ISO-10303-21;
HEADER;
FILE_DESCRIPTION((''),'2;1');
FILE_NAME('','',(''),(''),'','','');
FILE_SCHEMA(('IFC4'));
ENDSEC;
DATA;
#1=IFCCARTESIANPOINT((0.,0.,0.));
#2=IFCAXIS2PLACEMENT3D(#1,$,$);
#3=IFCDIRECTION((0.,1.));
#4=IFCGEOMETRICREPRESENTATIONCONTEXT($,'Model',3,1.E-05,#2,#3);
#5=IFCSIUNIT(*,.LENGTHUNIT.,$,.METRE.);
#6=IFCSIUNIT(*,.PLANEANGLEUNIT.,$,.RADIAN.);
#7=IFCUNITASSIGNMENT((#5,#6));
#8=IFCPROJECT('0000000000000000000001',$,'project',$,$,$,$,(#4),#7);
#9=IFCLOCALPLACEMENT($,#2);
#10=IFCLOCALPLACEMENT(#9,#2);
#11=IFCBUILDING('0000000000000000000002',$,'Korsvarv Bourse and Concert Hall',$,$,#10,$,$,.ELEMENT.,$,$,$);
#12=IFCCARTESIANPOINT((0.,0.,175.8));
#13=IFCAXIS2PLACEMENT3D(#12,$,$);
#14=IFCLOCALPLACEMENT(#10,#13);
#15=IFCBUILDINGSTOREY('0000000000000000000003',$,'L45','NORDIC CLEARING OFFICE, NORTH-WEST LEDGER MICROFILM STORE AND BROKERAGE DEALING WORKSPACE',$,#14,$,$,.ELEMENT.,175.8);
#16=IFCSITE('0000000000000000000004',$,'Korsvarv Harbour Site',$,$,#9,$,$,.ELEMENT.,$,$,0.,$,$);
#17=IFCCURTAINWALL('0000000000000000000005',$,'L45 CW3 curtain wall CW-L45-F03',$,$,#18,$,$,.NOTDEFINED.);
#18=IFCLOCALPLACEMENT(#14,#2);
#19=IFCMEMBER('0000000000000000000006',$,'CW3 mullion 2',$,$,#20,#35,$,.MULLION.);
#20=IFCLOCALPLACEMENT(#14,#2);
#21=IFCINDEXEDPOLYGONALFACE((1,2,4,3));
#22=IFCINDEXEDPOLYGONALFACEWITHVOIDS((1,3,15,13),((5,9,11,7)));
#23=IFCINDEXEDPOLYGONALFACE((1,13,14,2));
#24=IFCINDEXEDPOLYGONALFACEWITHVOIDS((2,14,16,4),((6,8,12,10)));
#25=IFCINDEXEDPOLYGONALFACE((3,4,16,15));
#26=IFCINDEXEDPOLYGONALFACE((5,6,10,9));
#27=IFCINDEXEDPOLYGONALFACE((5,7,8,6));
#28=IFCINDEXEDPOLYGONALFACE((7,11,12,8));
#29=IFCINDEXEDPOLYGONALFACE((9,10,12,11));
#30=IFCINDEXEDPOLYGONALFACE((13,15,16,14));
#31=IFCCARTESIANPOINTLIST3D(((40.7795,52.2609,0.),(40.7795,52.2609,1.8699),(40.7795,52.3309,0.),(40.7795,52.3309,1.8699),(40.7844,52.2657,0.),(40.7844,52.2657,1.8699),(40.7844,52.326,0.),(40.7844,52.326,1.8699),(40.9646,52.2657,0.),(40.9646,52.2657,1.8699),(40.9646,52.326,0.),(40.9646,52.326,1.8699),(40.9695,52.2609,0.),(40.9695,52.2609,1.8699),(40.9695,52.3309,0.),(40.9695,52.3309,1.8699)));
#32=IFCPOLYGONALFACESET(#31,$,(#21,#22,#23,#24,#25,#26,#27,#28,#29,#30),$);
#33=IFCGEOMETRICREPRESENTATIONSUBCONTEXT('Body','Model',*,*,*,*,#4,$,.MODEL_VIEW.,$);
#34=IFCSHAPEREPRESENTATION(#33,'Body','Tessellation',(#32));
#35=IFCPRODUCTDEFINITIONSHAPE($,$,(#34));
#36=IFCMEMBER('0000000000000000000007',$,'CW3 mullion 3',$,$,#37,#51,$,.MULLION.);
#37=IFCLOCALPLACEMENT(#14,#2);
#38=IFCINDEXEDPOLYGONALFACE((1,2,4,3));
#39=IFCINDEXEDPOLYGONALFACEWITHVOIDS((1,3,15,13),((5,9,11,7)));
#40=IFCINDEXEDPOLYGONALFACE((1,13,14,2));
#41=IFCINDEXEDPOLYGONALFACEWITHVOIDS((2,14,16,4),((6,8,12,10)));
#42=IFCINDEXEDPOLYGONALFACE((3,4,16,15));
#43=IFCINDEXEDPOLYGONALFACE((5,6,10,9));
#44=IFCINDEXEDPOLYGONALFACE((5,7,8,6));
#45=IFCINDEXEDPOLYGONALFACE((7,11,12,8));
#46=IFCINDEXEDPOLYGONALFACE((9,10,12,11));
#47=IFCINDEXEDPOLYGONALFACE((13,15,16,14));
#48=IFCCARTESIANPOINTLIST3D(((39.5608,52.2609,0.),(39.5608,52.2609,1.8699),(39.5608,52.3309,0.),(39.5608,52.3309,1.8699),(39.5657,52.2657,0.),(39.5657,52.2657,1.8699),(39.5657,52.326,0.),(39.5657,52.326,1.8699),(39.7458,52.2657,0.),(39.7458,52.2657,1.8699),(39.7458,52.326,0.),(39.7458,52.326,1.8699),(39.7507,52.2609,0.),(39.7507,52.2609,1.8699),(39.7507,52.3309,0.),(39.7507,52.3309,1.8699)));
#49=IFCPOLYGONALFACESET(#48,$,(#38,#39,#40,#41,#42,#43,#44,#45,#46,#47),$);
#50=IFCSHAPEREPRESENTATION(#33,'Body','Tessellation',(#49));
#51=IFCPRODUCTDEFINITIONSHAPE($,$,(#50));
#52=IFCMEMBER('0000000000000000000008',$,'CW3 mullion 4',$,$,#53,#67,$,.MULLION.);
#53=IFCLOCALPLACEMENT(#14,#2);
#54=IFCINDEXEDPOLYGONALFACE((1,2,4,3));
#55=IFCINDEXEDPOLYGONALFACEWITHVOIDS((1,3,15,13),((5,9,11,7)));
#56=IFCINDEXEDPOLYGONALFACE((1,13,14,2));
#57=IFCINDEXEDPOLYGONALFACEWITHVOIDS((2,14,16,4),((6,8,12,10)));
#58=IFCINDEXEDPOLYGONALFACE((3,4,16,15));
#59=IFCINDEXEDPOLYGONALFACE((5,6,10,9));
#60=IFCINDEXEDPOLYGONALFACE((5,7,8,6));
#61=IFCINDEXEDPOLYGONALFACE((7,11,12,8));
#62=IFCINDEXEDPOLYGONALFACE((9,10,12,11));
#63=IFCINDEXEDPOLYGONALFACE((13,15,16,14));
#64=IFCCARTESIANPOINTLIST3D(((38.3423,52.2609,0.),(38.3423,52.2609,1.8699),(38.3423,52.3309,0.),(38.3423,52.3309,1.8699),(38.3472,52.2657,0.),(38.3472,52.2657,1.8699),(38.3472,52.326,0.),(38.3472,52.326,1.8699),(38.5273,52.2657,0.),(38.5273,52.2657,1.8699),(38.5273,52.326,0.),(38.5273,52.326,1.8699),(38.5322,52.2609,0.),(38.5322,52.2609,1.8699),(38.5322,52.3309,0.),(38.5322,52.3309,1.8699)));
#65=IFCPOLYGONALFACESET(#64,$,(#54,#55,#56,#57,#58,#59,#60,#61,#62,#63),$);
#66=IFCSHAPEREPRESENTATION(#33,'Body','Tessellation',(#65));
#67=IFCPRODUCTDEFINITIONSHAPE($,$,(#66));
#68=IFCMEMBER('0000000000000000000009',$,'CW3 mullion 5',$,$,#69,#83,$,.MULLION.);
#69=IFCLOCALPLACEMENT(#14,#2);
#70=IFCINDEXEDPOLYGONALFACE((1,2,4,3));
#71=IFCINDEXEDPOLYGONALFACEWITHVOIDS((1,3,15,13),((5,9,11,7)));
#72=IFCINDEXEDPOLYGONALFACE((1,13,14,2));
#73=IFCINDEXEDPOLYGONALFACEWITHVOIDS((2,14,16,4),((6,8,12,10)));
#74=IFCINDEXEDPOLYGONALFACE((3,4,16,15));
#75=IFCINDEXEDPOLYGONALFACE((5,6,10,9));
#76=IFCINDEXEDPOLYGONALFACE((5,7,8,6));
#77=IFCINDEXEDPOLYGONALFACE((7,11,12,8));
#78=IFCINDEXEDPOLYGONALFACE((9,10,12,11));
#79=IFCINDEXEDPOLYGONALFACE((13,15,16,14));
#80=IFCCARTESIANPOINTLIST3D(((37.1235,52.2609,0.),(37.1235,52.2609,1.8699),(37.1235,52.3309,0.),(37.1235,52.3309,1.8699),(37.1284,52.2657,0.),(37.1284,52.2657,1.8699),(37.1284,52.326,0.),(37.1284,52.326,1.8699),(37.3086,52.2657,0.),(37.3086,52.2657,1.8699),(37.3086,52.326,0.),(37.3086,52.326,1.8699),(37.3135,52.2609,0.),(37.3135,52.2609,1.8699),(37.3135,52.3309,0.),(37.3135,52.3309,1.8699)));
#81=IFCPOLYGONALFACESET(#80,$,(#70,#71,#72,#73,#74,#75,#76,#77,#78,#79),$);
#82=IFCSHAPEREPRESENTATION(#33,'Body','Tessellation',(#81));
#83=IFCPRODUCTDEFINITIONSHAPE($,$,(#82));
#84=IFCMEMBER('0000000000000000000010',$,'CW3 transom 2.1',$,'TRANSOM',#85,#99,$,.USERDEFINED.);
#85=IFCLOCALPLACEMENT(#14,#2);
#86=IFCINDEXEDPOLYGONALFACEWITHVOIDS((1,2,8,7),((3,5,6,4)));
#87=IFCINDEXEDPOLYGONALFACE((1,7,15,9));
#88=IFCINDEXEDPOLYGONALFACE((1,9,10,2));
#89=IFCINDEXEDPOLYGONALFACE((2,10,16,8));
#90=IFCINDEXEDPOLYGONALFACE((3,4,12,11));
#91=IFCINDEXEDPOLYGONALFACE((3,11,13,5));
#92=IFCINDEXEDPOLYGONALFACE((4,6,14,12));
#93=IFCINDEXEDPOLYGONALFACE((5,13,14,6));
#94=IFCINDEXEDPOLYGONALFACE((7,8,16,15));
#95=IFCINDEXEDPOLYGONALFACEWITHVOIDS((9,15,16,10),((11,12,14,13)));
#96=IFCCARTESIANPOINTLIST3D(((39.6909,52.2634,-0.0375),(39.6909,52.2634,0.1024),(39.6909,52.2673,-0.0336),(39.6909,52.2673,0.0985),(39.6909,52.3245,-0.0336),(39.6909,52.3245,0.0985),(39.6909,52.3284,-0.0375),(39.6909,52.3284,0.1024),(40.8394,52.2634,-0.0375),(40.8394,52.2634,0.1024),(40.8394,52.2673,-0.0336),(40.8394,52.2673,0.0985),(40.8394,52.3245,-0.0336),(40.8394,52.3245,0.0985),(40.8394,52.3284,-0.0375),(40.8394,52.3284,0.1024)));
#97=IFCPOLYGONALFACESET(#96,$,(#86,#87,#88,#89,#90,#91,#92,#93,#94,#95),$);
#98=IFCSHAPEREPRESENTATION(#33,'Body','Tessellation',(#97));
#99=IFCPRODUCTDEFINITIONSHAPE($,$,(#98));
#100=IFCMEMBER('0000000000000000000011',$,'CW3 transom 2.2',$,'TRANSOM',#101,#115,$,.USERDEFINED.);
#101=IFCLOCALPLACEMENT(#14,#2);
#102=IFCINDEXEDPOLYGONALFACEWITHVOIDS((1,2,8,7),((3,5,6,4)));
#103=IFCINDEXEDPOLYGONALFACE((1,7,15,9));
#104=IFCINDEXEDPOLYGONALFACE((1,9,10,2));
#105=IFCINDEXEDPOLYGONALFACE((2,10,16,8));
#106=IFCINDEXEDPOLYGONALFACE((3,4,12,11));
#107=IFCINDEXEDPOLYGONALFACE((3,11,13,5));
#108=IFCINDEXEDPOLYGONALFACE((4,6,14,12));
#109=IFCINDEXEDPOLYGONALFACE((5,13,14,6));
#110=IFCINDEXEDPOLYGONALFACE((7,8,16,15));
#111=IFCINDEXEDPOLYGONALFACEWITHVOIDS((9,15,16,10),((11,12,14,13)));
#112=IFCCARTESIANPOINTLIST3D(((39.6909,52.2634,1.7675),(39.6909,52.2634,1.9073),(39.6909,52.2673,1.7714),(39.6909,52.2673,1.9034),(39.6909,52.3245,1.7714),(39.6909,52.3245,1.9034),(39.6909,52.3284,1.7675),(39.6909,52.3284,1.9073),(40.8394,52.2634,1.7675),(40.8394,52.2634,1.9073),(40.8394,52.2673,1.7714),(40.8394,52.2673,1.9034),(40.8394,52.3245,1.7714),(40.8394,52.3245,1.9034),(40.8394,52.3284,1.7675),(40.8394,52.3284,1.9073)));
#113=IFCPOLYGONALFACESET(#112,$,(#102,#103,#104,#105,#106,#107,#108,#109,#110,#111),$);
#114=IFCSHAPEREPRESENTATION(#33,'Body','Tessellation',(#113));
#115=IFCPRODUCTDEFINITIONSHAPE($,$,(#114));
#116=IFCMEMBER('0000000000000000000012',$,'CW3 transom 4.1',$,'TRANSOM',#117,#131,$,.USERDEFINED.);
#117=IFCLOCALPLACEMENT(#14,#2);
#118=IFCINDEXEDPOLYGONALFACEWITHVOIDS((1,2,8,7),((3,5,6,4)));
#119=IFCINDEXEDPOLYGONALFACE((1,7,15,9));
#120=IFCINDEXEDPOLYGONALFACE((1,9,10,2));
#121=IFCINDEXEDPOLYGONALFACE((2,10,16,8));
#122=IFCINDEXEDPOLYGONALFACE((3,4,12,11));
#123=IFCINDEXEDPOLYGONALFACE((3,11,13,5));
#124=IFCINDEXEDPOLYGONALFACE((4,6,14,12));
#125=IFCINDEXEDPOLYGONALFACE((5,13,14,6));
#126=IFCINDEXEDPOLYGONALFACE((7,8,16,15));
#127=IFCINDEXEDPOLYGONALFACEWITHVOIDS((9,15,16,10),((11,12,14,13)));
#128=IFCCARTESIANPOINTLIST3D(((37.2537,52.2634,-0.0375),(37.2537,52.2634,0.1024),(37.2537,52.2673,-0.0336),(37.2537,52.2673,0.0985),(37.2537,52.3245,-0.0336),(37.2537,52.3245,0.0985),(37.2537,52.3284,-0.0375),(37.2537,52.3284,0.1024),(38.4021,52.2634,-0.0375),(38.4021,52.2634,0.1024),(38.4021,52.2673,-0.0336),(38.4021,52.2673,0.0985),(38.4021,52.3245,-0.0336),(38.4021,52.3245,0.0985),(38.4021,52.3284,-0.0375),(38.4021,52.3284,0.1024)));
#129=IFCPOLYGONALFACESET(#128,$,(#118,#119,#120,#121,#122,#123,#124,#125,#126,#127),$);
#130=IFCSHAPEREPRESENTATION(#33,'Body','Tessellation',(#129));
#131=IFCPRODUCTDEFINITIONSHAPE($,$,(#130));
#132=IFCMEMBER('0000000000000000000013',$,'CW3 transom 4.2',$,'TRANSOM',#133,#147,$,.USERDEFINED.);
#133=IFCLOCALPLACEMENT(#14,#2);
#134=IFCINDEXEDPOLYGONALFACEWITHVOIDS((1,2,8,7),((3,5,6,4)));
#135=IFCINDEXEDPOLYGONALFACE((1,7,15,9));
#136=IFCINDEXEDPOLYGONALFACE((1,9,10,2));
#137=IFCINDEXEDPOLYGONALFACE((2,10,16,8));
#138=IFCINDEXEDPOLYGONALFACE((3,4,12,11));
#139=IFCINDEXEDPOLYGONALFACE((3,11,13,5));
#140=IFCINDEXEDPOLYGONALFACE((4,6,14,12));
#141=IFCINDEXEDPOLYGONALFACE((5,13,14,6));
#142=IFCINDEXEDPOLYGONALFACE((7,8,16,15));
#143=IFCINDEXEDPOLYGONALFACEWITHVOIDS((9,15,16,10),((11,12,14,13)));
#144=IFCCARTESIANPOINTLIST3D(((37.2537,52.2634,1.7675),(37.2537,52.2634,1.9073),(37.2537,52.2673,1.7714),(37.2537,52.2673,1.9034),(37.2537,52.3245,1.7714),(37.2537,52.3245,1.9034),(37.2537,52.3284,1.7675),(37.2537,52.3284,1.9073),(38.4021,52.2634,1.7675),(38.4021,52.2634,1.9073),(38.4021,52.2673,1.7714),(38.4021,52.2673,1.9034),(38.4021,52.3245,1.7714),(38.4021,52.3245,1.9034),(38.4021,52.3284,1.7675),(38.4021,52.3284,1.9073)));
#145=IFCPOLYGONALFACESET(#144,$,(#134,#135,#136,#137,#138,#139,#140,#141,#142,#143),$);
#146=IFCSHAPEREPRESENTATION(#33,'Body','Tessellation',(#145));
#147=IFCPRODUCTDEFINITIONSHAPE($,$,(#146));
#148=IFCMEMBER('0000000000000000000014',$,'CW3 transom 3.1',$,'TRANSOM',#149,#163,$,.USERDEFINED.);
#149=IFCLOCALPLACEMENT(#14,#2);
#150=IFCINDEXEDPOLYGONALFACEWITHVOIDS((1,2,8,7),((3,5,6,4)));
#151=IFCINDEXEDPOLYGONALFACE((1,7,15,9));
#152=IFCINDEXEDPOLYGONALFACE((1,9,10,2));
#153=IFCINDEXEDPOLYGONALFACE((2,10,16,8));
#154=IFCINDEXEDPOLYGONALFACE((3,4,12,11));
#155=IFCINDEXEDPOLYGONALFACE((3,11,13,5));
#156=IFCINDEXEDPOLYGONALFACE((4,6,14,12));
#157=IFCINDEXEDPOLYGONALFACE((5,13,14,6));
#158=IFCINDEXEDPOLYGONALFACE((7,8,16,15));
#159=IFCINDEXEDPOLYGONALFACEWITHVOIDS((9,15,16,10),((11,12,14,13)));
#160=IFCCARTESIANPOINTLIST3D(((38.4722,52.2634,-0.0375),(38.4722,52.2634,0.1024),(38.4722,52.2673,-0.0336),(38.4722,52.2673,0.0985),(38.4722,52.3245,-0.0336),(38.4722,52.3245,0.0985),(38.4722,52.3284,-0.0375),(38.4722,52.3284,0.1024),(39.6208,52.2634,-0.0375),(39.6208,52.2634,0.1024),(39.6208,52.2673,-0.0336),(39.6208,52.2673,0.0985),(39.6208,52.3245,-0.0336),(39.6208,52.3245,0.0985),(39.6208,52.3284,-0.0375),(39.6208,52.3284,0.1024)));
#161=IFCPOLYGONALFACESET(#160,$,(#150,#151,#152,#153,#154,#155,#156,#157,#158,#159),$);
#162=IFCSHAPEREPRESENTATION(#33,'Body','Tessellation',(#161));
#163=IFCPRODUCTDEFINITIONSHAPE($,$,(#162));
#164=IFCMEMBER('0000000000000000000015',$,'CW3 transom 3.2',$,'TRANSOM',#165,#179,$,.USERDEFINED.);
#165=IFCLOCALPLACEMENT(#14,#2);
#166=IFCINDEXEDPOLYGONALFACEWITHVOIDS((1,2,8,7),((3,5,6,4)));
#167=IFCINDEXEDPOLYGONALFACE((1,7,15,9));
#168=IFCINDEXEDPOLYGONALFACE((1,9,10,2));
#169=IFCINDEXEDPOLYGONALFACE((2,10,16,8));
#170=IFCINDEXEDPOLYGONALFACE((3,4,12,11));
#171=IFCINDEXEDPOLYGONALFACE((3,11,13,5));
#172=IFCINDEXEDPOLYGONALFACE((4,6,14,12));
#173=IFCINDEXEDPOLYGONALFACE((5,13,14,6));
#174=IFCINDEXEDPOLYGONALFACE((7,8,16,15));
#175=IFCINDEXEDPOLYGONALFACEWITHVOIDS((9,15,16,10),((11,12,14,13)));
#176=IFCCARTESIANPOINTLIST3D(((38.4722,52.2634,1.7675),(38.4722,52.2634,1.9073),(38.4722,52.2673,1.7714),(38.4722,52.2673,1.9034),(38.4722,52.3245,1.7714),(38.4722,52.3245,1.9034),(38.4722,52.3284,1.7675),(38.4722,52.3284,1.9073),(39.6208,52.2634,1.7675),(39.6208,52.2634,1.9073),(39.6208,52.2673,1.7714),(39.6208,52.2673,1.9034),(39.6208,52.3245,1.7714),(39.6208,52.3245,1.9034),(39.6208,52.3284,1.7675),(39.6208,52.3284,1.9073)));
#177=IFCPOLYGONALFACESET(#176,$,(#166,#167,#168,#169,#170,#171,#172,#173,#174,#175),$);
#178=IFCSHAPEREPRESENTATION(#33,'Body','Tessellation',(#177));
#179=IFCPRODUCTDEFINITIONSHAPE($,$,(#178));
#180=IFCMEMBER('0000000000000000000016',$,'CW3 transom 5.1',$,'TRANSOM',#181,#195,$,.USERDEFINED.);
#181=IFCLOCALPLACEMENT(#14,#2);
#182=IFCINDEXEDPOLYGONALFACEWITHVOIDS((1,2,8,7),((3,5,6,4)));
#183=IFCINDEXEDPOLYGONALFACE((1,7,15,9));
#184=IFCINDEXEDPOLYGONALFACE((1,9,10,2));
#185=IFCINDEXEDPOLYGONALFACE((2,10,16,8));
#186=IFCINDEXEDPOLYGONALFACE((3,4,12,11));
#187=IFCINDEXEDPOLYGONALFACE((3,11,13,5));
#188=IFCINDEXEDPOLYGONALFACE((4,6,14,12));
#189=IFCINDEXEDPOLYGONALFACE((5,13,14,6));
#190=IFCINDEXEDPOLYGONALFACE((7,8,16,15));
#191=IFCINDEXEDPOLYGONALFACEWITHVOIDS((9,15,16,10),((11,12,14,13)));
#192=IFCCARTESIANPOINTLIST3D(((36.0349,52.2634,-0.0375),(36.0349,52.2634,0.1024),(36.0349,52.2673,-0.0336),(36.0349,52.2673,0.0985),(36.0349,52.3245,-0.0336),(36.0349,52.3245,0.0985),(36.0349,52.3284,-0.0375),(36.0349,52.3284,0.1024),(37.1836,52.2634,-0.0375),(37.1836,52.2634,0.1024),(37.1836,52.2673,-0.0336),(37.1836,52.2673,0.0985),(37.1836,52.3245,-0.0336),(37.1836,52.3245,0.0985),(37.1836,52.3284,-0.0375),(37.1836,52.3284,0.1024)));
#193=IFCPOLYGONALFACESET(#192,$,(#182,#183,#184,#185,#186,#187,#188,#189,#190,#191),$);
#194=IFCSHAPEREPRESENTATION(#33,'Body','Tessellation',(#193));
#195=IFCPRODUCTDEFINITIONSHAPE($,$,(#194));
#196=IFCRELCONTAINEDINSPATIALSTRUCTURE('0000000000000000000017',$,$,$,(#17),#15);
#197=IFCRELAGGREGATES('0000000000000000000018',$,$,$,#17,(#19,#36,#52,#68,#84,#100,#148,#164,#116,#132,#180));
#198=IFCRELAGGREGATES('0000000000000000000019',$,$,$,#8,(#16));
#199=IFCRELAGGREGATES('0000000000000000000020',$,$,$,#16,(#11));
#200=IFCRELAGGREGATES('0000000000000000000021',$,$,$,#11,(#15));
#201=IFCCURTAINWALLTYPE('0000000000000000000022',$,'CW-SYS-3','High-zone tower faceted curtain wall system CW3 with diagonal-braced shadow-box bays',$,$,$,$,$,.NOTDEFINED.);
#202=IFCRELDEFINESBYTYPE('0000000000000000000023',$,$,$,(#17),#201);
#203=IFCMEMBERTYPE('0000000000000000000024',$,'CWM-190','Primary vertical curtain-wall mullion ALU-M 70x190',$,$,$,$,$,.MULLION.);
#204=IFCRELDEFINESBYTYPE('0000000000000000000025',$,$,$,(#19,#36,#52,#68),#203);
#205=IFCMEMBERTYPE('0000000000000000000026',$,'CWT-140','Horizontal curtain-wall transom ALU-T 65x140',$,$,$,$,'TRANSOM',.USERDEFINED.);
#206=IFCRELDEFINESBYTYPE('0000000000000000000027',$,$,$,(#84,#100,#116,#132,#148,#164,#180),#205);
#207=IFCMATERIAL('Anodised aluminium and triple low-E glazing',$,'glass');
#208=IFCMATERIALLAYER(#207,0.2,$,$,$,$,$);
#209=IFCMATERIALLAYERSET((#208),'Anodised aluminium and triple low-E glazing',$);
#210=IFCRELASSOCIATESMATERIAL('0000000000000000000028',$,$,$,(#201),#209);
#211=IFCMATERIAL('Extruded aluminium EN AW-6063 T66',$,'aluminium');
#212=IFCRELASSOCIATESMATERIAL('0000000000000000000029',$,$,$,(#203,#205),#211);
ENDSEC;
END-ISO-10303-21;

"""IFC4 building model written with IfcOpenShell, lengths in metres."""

from ifc_helpers import new_model, si_unit, direction, frame, origin, origin_2d, place, context, subcontext, project, spatial, hollow_rectangle, extrude, source, transform, mapped, material, layer, layer_set, material_profile, profile_set, type_object, element, aggregate, save


model = new_model("IFC4")

# Units and contexts
model_context = context("Model", 3, precision=1e-05, world=origin(), true_north=direction((0.0, 1.0)))
body_context = subcontext(model_context, "Body", "Model", "MODEL_VIEW")
ifc_project = project(units=[si_unit("LENGTHUNIT", "METRE"), si_unit("PLANEANGLEUNIT", "RADIAN")], contexts=[model_context])

# Site, building, storey
site_placement = place(None, origin())
site = spatial("IfcSite", under=ifc_project, at=site_placement, Name="Korsvarv Harbour Site", CompositionType="ELEMENT", RefElevation=0.0)
building_placement = place(site_placement, origin())
building = spatial("IfcBuilding", under=site, at=building_placement, Name="Korsvarv Bourse and Concert Hall", CompositionType="ELEMENT")
storey_placement = place(building_placement, frame((0.0, 0.0, 175.8)))
storey = spatial("IfcBuildingStorey", under=building, at=storey_placement, Name="L45", Description="NORDIC CLEARING OFFICE, NORTH-WEST LEDGER MICROFILM STORE AND BROKERAGE DEALING WORKSPACE", CompositionType="ELEMENT", Elevation=175.8)

# Curtain wall, members
ifc_material_1 = material(Name="Anodised aluminium and triple low-E glazing", Category="glass")
ifc_layer_1 = layer(ifc_material_1, 0.2)
ifc_layer_set_1 = layer_set([ifc_layer_1], Name="Anodised aluminium and triple low-E glazing")
curtain_wall_type = type_object("IfcCurtainWallType", Name="CW-SYS-3", Description="High-zone tower faceted curtain wall system CW3 with diagonal-braced shadow-box bays", PredefinedType="NOTDEFINED", material=ifc_layer_set_1)
curtain_wall_placement = place(storey_placement, origin())
curtain_wall = element("IfcCurtainWall", 1, at=curtain_wall_placement, inside=storey, type_object=curtain_wall_type, Name="L45 CW3 curtain wall CW-L45-F03", PredefinedType="NOTDEFINED")
ifc_material_2 = material(Name="Extruded aluminium EN AW-6063 T66", Category="aluminium")
ifc_material_profile_1 = material_profile(ifc_material_2, hollow_rectangle(XDim=0.0701, YDim=0.1899, WallThickness=0.0049, at=origin_2d()), Name="ALU-M 70x190")
ifc_profile_set_1 = profile_set([ifc_material_profile_1], Name="Extruded aluminium EN AW-6063 T66")
member_type_1 = type_object("IfcMemberType", Name="CWM-190", Description="Primary vertical curtain-wall mullion ALU-M 70x190", PredefinedType="MULLION", material=ifc_profile_set_1)
shared_shape_1 = source(origin(), body_context, "Body", "SweptSolid", [
    extrude(hollow_rectangle(XDim=0.0701, YDim=0.1899, WallThickness=0.0049, at=origin_2d()), origin(), (0.0, 0.0, 1.0), 1.8699),
])
member_1_placement = place(storey_placement, frame((40.8745, 52.2959, 0.0), z_axis=(0.0, 0.0, 1.0), x_axis=(0.0, -1.0, 0.0)))
member_1 = element("IfcMember", 2, at=member_1_placement, type_object=member_type_1, Name="CW3 mullion 2", PredefinedType="MULLION", context=body_context, shape_type="MappedRepresentation", body=[
    mapped(shared_shape_1, transform((0.0, 0.0, 0.0), scale=1.0)),
])
member_2_placement = place(storey_placement, frame((39.6558, 52.2959, 0.0), z_axis=(0.0, 0.0, 1.0), x_axis=(0.0, -1.0, 0.0)))
member_2 = element("IfcMember", 3, at=member_2_placement, type_object=member_type_1, Name="CW3 mullion 3", PredefinedType="MULLION", context=body_context, shape_type="MappedRepresentation", body=[
    mapped(shared_shape_1, transform((0.0, 0.0, 0.0), scale=1.0)),
])
member_3_placement = place(storey_placement, frame((38.4373, 52.2959, 0.0), z_axis=(0.0, 0.0, 1.0), x_axis=(0.0, -1.0, 0.0)))
member_3 = element("IfcMember", 4, at=member_3_placement, type_object=member_type_1, Name="CW3 mullion 4", PredefinedType="MULLION", context=body_context, shape_type="MappedRepresentation", body=[
    mapped(shared_shape_1, transform((0.0, 0.0, 0.0), scale=1.0)),
])
member_4_placement = place(storey_placement, frame((37.2185, 52.2959, 0.0), z_axis=(0.0, 0.0, 1.0), x_axis=(0.0, -1.0, 0.0)))
member_4 = element("IfcMember", 5, at=member_4_placement, type_object=member_type_1, Name="CW3 mullion 5", PredefinedType="MULLION", context=body_context, shape_type="MappedRepresentation", body=[
    mapped(shared_shape_1, transform((0.0, 0.0, 0.0), scale=1.0)),
])
ifc_material_profile_2 = material_profile(ifc_material_2, hollow_rectangle(XDim=0.0649, YDim=0.1399, WallThickness=0.0039, at=origin_2d()), Name="ALU-T 65x140")
ifc_profile_set_2 = profile_set([ifc_material_profile_2], Name="Extruded aluminium EN AW-6063 T66")
member_type_2 = type_object("IfcMemberType", Name="CWT-140", Description="Horizontal curtain-wall transom ALU-T 65x140", ElementType="TRANSOM", PredefinedType="USERDEFINED", material=ifc_profile_set_2)
shared_shape_2 = source(origin(), body_context, "Body", "SweptSolid", [
    extrude(hollow_rectangle(XDim=0.0649, YDim=0.1399, WallThickness=0.0039, at=origin_2d()), origin(), (0.0, 0.0, 1.0), 1.1484),
])
member_5_placement = place(storey_placement, frame((40.8394, 52.2959, 0.0325), z_axis=(-1.0, 0.0, 0.0), x_axis=(0.0, -1.0, 0.0)))
member_5 = element("IfcMember", 6, at=member_5_placement, type_object=member_type_2, Name="CW3 transom 2.1", ObjectType="TRANSOM", PredefinedType="USERDEFINED", context=body_context, shape_type="MappedRepresentation", body=[
    mapped(shared_shape_2, transform((0.0, 0.0, 0.0), scale=1.0)),
])
member_6_placement = place(storey_placement, frame((40.8394, 52.2959, 1.8374), z_axis=(-1.0, 0.0, 0.0), x_axis=(0.0, -1.0, 0.0)))
member_6 = element("IfcMember", 7, at=member_6_placement, type_object=member_type_2, Name="CW3 transom 2.2", ObjectType="TRANSOM", PredefinedType="USERDEFINED", context=body_context, shape_type="MappedRepresentation", body=[
    mapped(shared_shape_2, transform((0.0, 0.0, 0.0), scale=1.0)),
])
member_7_placement = place(storey_placement, frame((38.4021, 52.2959, 0.0325), z_axis=(-1.0, 0.0, 0.0), x_axis=(0.0, -1.0, 0.0)))
member_7 = element("IfcMember", 8, at=member_7_placement, type_object=member_type_2, Name="CW3 transom 4.1", ObjectType="TRANSOM", PredefinedType="USERDEFINED", context=body_context, shape_type="MappedRepresentation", body=[
    mapped(shared_shape_2, transform((0.0, 0.0, 0.0), scale=1.0)),
])
member_8_placement = place(storey_placement, frame((38.4021, 52.2959, 1.8374), z_axis=(-1.0, 0.0, 0.0), x_axis=(0.0, -1.0, 0.0)))
member_8 = element("IfcMember", 9, at=member_8_placement, type_object=member_type_2, Name="CW3 transom 4.2", ObjectType="TRANSOM", PredefinedType="USERDEFINED", context=body_context, shape_type="MappedRepresentation", body=[
    mapped(shared_shape_2, transform((0.0, 0.0, 0.0), scale=1.0)),
])
shared_shape_3 = source(origin(), body_context, "Body", "SweptSolid", [
    extrude(hollow_rectangle(XDim=0.0649, YDim=0.1399, WallThickness=0.0039, at=origin_2d()), origin(), (0.0, 0.0, 1.0), 1.1487),
])
member_9_placement = place(storey_placement, frame((39.6208, 52.2959, 0.0325), z_axis=(-1.0, 0.0, 0.0), x_axis=(0.0, -1.0, 0.0)))
member_9 = element("IfcMember", 10, at=member_9_placement, type_object=member_type_2, Name="CW3 transom 3.1", ObjectType="TRANSOM", PredefinedType="USERDEFINED", context=body_context, shape_type="MappedRepresentation", body=[
    mapped(shared_shape_3, transform((0.0, 0.0, 0.0), scale=1.0)),
])
member_10_placement = place(storey_placement, frame((39.6208, 52.2959, 1.8374), z_axis=(-1.0, 0.0, 0.0), x_axis=(0.0, -1.0, 0.0)))
member_10 = element("IfcMember", 11, at=member_10_placement, type_object=member_type_2, Name="CW3 transom 3.2", ObjectType="TRANSOM", PredefinedType="USERDEFINED", context=body_context, shape_type="MappedRepresentation", body=[
    mapped(shared_shape_3, transform((0.0, 0.0, 0.0), scale=1.0)),
])
member_11_placement = place(storey_placement, frame((37.1836, 52.2959, 0.0325), z_axis=(-1.0, 0.0, 0.0), x_axis=(0.0, -1.0, 0.0)))
member_11 = element("IfcMember", 12, at=member_11_placement, type_object=member_type_2, Name="CW3 transom 5.1", ObjectType="TRANSOM", PredefinedType="USERDEFINED", context=body_context, shape_type="MappedRepresentation", body=[
    mapped(shared_shape_3, transform((0.0, 0.0, 0.0), scale=1.0)),
])
aggregate(curtain_wall, [member_1, member_2, member_3, member_4, member_5, member_6, member_9, member_10, member_7, member_8, member_11])

save(model, "model.ifc")
